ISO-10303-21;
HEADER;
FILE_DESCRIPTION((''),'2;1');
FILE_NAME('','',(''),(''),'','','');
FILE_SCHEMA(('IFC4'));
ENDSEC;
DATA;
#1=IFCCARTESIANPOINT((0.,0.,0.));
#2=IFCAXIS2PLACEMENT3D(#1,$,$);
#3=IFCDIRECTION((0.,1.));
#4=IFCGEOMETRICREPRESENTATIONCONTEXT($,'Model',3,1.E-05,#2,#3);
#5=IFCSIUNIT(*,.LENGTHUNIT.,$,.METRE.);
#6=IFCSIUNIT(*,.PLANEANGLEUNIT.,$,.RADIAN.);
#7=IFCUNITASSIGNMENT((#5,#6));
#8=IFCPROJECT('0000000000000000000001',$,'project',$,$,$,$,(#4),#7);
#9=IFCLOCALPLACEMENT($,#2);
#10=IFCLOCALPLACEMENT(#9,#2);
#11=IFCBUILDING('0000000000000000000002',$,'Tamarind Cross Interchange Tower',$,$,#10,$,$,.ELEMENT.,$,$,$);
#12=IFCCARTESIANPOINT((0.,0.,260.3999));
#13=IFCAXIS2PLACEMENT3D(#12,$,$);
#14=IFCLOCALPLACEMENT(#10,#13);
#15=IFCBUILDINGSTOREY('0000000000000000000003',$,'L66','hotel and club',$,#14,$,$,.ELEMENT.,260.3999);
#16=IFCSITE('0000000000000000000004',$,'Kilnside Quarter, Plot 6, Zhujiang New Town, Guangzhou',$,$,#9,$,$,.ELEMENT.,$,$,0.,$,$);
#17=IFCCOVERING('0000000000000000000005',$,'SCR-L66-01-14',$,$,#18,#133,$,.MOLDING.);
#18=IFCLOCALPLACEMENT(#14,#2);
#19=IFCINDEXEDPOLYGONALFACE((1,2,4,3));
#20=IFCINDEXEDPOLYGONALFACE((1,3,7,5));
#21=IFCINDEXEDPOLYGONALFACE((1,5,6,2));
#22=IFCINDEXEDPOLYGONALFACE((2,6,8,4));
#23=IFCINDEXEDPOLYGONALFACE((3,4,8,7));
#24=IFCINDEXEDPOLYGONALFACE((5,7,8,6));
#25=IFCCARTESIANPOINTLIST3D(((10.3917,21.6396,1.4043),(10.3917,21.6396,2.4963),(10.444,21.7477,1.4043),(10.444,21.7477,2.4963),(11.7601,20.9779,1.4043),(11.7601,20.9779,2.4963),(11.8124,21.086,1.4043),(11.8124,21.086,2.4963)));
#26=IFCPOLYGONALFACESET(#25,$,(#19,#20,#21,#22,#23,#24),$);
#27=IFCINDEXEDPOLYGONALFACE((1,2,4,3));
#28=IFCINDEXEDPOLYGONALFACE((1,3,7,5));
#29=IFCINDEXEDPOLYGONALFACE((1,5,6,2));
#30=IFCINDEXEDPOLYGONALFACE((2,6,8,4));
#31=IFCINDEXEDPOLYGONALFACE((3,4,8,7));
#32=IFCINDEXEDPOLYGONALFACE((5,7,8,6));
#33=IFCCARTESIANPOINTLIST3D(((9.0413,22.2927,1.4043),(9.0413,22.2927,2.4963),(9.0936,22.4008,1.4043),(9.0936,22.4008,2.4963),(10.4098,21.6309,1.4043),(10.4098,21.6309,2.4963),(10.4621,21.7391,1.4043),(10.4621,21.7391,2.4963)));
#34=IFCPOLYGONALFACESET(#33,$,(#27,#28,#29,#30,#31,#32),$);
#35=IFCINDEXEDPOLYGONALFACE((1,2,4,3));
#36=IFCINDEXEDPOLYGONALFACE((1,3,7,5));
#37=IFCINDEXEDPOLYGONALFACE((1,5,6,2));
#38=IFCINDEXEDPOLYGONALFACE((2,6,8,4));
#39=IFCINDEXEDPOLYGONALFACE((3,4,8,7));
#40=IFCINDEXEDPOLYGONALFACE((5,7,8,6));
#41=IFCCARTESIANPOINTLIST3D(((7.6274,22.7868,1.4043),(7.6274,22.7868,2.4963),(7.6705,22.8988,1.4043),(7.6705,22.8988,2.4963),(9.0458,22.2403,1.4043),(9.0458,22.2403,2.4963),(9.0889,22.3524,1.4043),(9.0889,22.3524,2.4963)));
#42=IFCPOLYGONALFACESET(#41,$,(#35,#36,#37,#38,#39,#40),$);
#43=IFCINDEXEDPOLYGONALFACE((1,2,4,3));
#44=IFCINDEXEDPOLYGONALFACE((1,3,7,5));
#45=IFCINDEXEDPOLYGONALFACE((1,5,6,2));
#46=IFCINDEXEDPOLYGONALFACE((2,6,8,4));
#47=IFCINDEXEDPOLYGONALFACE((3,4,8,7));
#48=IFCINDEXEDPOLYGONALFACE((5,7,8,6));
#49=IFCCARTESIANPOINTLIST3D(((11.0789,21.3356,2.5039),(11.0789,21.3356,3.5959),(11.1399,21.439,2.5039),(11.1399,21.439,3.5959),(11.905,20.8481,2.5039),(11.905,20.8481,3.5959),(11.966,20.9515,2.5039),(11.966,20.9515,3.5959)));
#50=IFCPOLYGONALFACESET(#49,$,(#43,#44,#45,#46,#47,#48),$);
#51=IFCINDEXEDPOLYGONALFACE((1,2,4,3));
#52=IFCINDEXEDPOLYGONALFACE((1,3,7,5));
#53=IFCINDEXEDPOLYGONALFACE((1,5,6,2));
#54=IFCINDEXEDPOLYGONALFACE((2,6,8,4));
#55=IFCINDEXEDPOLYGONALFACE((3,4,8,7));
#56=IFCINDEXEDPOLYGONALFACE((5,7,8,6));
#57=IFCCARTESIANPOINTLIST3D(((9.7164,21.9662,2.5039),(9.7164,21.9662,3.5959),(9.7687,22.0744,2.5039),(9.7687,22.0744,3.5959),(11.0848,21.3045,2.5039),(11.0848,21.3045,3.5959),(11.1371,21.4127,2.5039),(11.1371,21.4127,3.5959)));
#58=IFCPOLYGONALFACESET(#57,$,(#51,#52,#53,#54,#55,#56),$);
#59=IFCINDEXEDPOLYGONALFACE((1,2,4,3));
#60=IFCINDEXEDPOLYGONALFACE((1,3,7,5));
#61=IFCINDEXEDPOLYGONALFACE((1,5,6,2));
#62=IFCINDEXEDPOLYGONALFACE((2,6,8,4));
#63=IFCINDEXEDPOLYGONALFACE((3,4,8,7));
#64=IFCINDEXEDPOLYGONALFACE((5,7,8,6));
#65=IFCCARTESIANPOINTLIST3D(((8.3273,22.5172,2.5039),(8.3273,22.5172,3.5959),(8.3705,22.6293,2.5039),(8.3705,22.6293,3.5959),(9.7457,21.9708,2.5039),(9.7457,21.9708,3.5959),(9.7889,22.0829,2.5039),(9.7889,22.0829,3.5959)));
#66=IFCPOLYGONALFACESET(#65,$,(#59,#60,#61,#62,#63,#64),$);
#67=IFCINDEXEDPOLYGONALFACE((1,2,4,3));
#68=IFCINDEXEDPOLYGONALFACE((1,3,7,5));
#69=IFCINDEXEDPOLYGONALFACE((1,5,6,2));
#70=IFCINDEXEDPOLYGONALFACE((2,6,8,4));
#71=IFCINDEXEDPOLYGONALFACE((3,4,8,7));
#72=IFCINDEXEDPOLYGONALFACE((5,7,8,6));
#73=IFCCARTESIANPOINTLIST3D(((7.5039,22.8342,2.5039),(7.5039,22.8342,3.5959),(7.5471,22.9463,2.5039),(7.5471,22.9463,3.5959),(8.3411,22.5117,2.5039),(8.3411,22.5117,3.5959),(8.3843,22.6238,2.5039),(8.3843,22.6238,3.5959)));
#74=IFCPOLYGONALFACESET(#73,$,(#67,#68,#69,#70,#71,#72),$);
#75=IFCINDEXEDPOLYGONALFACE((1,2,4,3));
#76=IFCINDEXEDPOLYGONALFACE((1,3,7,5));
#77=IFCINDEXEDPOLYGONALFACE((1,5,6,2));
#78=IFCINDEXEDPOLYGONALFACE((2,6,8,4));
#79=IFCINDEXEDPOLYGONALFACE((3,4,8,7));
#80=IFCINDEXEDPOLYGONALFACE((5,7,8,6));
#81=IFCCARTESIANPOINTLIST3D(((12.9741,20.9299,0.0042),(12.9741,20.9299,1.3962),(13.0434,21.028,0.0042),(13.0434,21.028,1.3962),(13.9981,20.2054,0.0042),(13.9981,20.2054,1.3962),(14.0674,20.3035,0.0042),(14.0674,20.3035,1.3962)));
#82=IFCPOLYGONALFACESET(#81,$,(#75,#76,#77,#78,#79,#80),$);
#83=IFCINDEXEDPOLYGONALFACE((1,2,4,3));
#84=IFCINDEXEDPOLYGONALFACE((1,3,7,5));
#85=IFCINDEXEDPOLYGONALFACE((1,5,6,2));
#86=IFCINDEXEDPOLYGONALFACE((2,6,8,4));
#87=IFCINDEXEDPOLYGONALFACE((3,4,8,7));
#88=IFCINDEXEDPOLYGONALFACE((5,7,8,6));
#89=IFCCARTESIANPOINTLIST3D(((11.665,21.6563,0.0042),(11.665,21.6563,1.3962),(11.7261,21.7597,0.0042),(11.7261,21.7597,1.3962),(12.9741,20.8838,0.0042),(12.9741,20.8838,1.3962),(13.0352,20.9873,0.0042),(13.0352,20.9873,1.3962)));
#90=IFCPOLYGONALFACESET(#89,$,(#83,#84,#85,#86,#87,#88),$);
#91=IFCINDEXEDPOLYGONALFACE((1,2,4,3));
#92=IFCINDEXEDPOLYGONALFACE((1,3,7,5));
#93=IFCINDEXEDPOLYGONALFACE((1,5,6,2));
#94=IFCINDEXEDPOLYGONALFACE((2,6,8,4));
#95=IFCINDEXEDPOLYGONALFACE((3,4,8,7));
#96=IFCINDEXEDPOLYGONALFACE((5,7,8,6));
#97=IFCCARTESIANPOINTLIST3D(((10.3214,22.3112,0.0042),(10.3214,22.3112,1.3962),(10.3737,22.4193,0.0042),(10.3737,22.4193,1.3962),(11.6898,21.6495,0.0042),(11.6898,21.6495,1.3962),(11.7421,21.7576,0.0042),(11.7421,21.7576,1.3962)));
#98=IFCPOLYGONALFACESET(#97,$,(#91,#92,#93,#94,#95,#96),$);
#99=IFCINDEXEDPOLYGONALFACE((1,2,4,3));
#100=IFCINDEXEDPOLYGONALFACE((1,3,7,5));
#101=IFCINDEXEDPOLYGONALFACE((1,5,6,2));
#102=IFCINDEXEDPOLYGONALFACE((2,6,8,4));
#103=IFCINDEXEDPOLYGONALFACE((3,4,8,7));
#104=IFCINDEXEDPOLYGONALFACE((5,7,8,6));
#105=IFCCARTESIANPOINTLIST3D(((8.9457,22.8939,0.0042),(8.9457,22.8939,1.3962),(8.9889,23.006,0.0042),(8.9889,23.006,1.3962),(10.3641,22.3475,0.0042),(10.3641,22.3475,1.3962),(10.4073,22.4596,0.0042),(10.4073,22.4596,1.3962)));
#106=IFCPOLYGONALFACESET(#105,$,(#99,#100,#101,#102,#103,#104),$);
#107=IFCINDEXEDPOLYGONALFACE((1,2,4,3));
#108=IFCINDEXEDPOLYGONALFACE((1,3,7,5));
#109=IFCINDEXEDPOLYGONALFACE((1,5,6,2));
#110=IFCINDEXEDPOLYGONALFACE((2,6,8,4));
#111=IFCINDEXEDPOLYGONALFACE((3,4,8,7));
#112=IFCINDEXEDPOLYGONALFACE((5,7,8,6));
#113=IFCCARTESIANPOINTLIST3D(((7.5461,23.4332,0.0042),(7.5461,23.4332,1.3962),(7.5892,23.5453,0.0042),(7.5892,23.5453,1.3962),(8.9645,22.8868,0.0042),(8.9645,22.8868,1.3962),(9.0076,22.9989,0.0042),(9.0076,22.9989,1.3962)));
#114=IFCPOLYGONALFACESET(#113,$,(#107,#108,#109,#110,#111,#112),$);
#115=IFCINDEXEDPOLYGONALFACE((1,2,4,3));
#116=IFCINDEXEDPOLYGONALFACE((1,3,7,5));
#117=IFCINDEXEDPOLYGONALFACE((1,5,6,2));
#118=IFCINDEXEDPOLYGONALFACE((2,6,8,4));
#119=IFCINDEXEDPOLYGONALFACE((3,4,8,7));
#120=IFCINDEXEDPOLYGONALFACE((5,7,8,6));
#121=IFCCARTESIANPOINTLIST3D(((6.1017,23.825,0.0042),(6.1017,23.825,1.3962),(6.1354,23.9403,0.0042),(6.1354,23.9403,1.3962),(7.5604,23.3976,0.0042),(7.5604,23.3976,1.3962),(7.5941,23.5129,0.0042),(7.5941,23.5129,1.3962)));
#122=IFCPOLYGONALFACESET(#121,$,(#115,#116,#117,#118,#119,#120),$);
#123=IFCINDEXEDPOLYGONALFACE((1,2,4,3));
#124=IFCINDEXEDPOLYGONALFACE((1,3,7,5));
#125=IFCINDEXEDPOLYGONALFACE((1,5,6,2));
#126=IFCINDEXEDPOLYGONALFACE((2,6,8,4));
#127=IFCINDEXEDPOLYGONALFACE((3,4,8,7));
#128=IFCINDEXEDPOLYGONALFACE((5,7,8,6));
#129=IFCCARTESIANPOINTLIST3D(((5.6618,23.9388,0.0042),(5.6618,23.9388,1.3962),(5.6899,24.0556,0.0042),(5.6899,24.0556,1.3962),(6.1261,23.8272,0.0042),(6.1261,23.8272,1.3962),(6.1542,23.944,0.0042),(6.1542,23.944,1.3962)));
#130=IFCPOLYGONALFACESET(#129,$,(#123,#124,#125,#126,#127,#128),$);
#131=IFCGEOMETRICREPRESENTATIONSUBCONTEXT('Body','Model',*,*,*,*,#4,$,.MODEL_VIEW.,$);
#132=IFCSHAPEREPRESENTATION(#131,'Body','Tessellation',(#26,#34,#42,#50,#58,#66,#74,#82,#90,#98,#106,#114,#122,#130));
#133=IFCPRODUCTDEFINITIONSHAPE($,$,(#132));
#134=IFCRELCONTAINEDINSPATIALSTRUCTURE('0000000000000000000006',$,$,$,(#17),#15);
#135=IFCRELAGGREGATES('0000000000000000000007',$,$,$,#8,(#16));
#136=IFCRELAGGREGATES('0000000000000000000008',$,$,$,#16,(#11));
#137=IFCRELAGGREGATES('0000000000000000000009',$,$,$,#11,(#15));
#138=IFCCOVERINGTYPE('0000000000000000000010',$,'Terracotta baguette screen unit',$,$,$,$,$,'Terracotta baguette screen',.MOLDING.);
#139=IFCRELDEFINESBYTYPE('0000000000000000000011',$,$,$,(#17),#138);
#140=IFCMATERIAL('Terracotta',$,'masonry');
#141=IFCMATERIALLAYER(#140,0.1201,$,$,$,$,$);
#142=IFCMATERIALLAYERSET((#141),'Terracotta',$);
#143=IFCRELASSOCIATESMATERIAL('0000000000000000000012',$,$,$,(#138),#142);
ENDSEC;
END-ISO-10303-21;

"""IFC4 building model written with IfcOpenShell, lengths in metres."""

from ifc_helpers import new_model, si_unit, direction, frame, origin, origin_2d, place, context, subcontext, project, spatial, rectangle, extrude, material, layer, layer_set, type_object, element, save


model = new_model("IFC4")

# Units and contexts
model_context = context("Model", 3, precision=1e-05, world=origin(), true_north=direction((0.0, 1.0)))
body_context = subcontext(model_context, "Body", "Model", "MODEL_VIEW")
ifc_project = project(units=[si_unit("LENGTHUNIT", "METRE"), si_unit("PLANEANGLEUNIT", "RADIAN")], contexts=[model_context])

# Site, building, storey
site_placement = place(None, origin())
site = spatial("IfcSite", under=ifc_project, at=site_placement, Name="Kilnside Quarter, Plot 6, Zhujiang New Town, Guangzhou", CompositionType="ELEMENT", RefElevation=0.0)
building_placement = place(site_placement, origin())
building = spatial("IfcBuilding", under=site, at=building_placement, Name="Tamarind Cross Interchange Tower", CompositionType="ELEMENT")
storey_placement = place(building_placement, frame((0.0, 0.0, 260.3999)))
storey = spatial("IfcBuildingStorey", under=building, at=storey_placement, Name="L66", Description="hotel and club", CompositionType="ELEMENT", Elevation=260.3999)

# Covering
ifc_material_1 = material(Name="Terracotta", Category="masonry")
ifc_layer_1 = layer(ifc_material_1, 0.1201)
ifc_layer_set_1 = layer_set([ifc_layer_1], Name="Terracotta")
covering_type = type_object("IfcCoveringType", Name="Terracotta baguette screen unit", ElementType="Terracotta baguette screen", PredefinedType="MOLDING", material=ifc_layer_set_1)
covering_1_placement = place(storey_placement, origin())
element("IfcCovering", 1, at=covering_1_placement, inside=storey, type_object=covering_type, Name="SCR-L66-01-14", PredefinedType="MOLDING", context=body_context, shape_type="SweptSolid", body=[
    extrude(rectangle(XDim=1.52, YDim=0.1201, at=origin_2d()), frame((11.1021, 21.3628, 1.4043), z_axis=(0.0, 0.0, 1.0), x_axis=(-0.900273, 0.435326, 0.0)), (0.0, 0.0, 1.0), 1.092),
    extrude(rectangle(XDim=1.52, YDim=0.1201, at=origin_2d()), frame((9.7517, 22.0159, 1.4043), z_axis=(0.0, 0.0, 1.0), x_axis=(-0.900273, 0.435326, 0.0)), (0.0, 0.0, 1.0), 1.092),
    extrude(rectangle(XDim=1.52, YDim=0.1201, at=origin_2d()), frame((8.3582, 22.5696, 1.4043), z_axis=(0.0, 0.0, 1.0), x_axis=(-0.933147, 0.359495, 0.0)), (0.0, 0.0, 1.0), 1.092),
    extrude(rectangle(XDim=0.9592, YDim=0.1201, at=origin_2d()), frame((11.5225, 21.1436, 2.5039), z_axis=(0.0, 0.0, 1.0), x_axis=(-0.861249, 0.508183, 0.0)), (0.0, 0.0, 1.0), 1.092),
    extrude(rectangle(XDim=1.52, YDim=0.1201, at=origin_2d()), frame((10.4268, 21.6895, 2.5039), z_axis=(0.0, 0.0, 1.0), x_axis=(-0.900273, 0.435326, 0.0)), (0.0, 0.0, 1.0), 1.092),
    extrude(rectangle(XDim=1.52, YDim=0.1201, at=origin_2d()), frame((9.0581, 22.3, 2.5039), z_axis=(0.0, 0.0, 1.0), x_axis=(-0.933147, 0.359495, 0.0)), (0.0, 0.0, 1.0), 1.092),
    extrude(rectangle(XDim=0.8972, YDim=0.1201, at=origin_2d()), frame((7.9441, 22.729, 2.5039), z_axis=(0.0, 0.0, 1.0), x_axis=(-0.933147, 0.359495, 0.0)), (0.0, 0.0, 1.0), 1.092),
    extrude(rectangle(XDim=1.2544, YDim=0.1201, at=origin_2d()), frame((13.5208, 20.6167, 0.0042), z_axis=(0.0, 0.0, 1.0), x_axis=(-0.816342, 0.577569, 0.0)), (0.0, 0.0, 1.0), 1.3921),
    extrude(rectangle(XDim=1.52, YDim=0.1201, at=origin_2d()), frame((12.3501, 21.3218, 0.0042), z_axis=(0.0, 0.0, 1.0), x_axis=(-0.861249, 0.508183, 0.0)), (0.0, 0.0, 1.0), 1.3921),
    extrude(rectangle(XDim=1.52, YDim=0.1201, at=origin_2d()), frame((11.0317, 22.0344, 0.0042), z_axis=(0.0, 0.0, 1.0), x_axis=(-0.900273, 0.435326, 0.0)), (0.0, 0.0, 1.0), 1.3921),
    extrude(rectangle(XDim=1.52, YDim=0.1201, at=origin_2d()), frame((9.6765, 22.6768, 0.0042), z_axis=(0.0, 0.0, 1.0), x_axis=(-0.933147, 0.359495, 0.0)), (0.0, 0.0, 1.0), 1.3921),
    extrude(rectangle(XDim=1.52, YDim=0.1201, at=origin_2d()), frame((8.2769, 23.2161, 0.0042), z_axis=(0.0, 0.0, 1.0), x_axis=(-0.933147, 0.359495, 0.0)), (0.0, 0.0, 1.0), 1.3921),
    extrude(rectangle(XDim=1.52, YDim=0.1201, at=origin_2d()), frame((6.8479, 23.6689, 0.0042), z_axis=(0.0, 0.0, 1.0), x_axis=(-0.959647, 0.281209, 0.0)), (0.0, 0.0, 1.0), 1.3921),
    extrude(rectangle(XDim=0.4775, YDim=0.1201, at=origin_2d()), frame((5.908, 23.9414, 0.0042), z_axis=(0.0, 0.0, 1.0), x_axis=(-0.972274, 0.233846, 0.0)), (0.0, 0.0, 1.0), 1.3921),
])

save(model, "model.ifc")
